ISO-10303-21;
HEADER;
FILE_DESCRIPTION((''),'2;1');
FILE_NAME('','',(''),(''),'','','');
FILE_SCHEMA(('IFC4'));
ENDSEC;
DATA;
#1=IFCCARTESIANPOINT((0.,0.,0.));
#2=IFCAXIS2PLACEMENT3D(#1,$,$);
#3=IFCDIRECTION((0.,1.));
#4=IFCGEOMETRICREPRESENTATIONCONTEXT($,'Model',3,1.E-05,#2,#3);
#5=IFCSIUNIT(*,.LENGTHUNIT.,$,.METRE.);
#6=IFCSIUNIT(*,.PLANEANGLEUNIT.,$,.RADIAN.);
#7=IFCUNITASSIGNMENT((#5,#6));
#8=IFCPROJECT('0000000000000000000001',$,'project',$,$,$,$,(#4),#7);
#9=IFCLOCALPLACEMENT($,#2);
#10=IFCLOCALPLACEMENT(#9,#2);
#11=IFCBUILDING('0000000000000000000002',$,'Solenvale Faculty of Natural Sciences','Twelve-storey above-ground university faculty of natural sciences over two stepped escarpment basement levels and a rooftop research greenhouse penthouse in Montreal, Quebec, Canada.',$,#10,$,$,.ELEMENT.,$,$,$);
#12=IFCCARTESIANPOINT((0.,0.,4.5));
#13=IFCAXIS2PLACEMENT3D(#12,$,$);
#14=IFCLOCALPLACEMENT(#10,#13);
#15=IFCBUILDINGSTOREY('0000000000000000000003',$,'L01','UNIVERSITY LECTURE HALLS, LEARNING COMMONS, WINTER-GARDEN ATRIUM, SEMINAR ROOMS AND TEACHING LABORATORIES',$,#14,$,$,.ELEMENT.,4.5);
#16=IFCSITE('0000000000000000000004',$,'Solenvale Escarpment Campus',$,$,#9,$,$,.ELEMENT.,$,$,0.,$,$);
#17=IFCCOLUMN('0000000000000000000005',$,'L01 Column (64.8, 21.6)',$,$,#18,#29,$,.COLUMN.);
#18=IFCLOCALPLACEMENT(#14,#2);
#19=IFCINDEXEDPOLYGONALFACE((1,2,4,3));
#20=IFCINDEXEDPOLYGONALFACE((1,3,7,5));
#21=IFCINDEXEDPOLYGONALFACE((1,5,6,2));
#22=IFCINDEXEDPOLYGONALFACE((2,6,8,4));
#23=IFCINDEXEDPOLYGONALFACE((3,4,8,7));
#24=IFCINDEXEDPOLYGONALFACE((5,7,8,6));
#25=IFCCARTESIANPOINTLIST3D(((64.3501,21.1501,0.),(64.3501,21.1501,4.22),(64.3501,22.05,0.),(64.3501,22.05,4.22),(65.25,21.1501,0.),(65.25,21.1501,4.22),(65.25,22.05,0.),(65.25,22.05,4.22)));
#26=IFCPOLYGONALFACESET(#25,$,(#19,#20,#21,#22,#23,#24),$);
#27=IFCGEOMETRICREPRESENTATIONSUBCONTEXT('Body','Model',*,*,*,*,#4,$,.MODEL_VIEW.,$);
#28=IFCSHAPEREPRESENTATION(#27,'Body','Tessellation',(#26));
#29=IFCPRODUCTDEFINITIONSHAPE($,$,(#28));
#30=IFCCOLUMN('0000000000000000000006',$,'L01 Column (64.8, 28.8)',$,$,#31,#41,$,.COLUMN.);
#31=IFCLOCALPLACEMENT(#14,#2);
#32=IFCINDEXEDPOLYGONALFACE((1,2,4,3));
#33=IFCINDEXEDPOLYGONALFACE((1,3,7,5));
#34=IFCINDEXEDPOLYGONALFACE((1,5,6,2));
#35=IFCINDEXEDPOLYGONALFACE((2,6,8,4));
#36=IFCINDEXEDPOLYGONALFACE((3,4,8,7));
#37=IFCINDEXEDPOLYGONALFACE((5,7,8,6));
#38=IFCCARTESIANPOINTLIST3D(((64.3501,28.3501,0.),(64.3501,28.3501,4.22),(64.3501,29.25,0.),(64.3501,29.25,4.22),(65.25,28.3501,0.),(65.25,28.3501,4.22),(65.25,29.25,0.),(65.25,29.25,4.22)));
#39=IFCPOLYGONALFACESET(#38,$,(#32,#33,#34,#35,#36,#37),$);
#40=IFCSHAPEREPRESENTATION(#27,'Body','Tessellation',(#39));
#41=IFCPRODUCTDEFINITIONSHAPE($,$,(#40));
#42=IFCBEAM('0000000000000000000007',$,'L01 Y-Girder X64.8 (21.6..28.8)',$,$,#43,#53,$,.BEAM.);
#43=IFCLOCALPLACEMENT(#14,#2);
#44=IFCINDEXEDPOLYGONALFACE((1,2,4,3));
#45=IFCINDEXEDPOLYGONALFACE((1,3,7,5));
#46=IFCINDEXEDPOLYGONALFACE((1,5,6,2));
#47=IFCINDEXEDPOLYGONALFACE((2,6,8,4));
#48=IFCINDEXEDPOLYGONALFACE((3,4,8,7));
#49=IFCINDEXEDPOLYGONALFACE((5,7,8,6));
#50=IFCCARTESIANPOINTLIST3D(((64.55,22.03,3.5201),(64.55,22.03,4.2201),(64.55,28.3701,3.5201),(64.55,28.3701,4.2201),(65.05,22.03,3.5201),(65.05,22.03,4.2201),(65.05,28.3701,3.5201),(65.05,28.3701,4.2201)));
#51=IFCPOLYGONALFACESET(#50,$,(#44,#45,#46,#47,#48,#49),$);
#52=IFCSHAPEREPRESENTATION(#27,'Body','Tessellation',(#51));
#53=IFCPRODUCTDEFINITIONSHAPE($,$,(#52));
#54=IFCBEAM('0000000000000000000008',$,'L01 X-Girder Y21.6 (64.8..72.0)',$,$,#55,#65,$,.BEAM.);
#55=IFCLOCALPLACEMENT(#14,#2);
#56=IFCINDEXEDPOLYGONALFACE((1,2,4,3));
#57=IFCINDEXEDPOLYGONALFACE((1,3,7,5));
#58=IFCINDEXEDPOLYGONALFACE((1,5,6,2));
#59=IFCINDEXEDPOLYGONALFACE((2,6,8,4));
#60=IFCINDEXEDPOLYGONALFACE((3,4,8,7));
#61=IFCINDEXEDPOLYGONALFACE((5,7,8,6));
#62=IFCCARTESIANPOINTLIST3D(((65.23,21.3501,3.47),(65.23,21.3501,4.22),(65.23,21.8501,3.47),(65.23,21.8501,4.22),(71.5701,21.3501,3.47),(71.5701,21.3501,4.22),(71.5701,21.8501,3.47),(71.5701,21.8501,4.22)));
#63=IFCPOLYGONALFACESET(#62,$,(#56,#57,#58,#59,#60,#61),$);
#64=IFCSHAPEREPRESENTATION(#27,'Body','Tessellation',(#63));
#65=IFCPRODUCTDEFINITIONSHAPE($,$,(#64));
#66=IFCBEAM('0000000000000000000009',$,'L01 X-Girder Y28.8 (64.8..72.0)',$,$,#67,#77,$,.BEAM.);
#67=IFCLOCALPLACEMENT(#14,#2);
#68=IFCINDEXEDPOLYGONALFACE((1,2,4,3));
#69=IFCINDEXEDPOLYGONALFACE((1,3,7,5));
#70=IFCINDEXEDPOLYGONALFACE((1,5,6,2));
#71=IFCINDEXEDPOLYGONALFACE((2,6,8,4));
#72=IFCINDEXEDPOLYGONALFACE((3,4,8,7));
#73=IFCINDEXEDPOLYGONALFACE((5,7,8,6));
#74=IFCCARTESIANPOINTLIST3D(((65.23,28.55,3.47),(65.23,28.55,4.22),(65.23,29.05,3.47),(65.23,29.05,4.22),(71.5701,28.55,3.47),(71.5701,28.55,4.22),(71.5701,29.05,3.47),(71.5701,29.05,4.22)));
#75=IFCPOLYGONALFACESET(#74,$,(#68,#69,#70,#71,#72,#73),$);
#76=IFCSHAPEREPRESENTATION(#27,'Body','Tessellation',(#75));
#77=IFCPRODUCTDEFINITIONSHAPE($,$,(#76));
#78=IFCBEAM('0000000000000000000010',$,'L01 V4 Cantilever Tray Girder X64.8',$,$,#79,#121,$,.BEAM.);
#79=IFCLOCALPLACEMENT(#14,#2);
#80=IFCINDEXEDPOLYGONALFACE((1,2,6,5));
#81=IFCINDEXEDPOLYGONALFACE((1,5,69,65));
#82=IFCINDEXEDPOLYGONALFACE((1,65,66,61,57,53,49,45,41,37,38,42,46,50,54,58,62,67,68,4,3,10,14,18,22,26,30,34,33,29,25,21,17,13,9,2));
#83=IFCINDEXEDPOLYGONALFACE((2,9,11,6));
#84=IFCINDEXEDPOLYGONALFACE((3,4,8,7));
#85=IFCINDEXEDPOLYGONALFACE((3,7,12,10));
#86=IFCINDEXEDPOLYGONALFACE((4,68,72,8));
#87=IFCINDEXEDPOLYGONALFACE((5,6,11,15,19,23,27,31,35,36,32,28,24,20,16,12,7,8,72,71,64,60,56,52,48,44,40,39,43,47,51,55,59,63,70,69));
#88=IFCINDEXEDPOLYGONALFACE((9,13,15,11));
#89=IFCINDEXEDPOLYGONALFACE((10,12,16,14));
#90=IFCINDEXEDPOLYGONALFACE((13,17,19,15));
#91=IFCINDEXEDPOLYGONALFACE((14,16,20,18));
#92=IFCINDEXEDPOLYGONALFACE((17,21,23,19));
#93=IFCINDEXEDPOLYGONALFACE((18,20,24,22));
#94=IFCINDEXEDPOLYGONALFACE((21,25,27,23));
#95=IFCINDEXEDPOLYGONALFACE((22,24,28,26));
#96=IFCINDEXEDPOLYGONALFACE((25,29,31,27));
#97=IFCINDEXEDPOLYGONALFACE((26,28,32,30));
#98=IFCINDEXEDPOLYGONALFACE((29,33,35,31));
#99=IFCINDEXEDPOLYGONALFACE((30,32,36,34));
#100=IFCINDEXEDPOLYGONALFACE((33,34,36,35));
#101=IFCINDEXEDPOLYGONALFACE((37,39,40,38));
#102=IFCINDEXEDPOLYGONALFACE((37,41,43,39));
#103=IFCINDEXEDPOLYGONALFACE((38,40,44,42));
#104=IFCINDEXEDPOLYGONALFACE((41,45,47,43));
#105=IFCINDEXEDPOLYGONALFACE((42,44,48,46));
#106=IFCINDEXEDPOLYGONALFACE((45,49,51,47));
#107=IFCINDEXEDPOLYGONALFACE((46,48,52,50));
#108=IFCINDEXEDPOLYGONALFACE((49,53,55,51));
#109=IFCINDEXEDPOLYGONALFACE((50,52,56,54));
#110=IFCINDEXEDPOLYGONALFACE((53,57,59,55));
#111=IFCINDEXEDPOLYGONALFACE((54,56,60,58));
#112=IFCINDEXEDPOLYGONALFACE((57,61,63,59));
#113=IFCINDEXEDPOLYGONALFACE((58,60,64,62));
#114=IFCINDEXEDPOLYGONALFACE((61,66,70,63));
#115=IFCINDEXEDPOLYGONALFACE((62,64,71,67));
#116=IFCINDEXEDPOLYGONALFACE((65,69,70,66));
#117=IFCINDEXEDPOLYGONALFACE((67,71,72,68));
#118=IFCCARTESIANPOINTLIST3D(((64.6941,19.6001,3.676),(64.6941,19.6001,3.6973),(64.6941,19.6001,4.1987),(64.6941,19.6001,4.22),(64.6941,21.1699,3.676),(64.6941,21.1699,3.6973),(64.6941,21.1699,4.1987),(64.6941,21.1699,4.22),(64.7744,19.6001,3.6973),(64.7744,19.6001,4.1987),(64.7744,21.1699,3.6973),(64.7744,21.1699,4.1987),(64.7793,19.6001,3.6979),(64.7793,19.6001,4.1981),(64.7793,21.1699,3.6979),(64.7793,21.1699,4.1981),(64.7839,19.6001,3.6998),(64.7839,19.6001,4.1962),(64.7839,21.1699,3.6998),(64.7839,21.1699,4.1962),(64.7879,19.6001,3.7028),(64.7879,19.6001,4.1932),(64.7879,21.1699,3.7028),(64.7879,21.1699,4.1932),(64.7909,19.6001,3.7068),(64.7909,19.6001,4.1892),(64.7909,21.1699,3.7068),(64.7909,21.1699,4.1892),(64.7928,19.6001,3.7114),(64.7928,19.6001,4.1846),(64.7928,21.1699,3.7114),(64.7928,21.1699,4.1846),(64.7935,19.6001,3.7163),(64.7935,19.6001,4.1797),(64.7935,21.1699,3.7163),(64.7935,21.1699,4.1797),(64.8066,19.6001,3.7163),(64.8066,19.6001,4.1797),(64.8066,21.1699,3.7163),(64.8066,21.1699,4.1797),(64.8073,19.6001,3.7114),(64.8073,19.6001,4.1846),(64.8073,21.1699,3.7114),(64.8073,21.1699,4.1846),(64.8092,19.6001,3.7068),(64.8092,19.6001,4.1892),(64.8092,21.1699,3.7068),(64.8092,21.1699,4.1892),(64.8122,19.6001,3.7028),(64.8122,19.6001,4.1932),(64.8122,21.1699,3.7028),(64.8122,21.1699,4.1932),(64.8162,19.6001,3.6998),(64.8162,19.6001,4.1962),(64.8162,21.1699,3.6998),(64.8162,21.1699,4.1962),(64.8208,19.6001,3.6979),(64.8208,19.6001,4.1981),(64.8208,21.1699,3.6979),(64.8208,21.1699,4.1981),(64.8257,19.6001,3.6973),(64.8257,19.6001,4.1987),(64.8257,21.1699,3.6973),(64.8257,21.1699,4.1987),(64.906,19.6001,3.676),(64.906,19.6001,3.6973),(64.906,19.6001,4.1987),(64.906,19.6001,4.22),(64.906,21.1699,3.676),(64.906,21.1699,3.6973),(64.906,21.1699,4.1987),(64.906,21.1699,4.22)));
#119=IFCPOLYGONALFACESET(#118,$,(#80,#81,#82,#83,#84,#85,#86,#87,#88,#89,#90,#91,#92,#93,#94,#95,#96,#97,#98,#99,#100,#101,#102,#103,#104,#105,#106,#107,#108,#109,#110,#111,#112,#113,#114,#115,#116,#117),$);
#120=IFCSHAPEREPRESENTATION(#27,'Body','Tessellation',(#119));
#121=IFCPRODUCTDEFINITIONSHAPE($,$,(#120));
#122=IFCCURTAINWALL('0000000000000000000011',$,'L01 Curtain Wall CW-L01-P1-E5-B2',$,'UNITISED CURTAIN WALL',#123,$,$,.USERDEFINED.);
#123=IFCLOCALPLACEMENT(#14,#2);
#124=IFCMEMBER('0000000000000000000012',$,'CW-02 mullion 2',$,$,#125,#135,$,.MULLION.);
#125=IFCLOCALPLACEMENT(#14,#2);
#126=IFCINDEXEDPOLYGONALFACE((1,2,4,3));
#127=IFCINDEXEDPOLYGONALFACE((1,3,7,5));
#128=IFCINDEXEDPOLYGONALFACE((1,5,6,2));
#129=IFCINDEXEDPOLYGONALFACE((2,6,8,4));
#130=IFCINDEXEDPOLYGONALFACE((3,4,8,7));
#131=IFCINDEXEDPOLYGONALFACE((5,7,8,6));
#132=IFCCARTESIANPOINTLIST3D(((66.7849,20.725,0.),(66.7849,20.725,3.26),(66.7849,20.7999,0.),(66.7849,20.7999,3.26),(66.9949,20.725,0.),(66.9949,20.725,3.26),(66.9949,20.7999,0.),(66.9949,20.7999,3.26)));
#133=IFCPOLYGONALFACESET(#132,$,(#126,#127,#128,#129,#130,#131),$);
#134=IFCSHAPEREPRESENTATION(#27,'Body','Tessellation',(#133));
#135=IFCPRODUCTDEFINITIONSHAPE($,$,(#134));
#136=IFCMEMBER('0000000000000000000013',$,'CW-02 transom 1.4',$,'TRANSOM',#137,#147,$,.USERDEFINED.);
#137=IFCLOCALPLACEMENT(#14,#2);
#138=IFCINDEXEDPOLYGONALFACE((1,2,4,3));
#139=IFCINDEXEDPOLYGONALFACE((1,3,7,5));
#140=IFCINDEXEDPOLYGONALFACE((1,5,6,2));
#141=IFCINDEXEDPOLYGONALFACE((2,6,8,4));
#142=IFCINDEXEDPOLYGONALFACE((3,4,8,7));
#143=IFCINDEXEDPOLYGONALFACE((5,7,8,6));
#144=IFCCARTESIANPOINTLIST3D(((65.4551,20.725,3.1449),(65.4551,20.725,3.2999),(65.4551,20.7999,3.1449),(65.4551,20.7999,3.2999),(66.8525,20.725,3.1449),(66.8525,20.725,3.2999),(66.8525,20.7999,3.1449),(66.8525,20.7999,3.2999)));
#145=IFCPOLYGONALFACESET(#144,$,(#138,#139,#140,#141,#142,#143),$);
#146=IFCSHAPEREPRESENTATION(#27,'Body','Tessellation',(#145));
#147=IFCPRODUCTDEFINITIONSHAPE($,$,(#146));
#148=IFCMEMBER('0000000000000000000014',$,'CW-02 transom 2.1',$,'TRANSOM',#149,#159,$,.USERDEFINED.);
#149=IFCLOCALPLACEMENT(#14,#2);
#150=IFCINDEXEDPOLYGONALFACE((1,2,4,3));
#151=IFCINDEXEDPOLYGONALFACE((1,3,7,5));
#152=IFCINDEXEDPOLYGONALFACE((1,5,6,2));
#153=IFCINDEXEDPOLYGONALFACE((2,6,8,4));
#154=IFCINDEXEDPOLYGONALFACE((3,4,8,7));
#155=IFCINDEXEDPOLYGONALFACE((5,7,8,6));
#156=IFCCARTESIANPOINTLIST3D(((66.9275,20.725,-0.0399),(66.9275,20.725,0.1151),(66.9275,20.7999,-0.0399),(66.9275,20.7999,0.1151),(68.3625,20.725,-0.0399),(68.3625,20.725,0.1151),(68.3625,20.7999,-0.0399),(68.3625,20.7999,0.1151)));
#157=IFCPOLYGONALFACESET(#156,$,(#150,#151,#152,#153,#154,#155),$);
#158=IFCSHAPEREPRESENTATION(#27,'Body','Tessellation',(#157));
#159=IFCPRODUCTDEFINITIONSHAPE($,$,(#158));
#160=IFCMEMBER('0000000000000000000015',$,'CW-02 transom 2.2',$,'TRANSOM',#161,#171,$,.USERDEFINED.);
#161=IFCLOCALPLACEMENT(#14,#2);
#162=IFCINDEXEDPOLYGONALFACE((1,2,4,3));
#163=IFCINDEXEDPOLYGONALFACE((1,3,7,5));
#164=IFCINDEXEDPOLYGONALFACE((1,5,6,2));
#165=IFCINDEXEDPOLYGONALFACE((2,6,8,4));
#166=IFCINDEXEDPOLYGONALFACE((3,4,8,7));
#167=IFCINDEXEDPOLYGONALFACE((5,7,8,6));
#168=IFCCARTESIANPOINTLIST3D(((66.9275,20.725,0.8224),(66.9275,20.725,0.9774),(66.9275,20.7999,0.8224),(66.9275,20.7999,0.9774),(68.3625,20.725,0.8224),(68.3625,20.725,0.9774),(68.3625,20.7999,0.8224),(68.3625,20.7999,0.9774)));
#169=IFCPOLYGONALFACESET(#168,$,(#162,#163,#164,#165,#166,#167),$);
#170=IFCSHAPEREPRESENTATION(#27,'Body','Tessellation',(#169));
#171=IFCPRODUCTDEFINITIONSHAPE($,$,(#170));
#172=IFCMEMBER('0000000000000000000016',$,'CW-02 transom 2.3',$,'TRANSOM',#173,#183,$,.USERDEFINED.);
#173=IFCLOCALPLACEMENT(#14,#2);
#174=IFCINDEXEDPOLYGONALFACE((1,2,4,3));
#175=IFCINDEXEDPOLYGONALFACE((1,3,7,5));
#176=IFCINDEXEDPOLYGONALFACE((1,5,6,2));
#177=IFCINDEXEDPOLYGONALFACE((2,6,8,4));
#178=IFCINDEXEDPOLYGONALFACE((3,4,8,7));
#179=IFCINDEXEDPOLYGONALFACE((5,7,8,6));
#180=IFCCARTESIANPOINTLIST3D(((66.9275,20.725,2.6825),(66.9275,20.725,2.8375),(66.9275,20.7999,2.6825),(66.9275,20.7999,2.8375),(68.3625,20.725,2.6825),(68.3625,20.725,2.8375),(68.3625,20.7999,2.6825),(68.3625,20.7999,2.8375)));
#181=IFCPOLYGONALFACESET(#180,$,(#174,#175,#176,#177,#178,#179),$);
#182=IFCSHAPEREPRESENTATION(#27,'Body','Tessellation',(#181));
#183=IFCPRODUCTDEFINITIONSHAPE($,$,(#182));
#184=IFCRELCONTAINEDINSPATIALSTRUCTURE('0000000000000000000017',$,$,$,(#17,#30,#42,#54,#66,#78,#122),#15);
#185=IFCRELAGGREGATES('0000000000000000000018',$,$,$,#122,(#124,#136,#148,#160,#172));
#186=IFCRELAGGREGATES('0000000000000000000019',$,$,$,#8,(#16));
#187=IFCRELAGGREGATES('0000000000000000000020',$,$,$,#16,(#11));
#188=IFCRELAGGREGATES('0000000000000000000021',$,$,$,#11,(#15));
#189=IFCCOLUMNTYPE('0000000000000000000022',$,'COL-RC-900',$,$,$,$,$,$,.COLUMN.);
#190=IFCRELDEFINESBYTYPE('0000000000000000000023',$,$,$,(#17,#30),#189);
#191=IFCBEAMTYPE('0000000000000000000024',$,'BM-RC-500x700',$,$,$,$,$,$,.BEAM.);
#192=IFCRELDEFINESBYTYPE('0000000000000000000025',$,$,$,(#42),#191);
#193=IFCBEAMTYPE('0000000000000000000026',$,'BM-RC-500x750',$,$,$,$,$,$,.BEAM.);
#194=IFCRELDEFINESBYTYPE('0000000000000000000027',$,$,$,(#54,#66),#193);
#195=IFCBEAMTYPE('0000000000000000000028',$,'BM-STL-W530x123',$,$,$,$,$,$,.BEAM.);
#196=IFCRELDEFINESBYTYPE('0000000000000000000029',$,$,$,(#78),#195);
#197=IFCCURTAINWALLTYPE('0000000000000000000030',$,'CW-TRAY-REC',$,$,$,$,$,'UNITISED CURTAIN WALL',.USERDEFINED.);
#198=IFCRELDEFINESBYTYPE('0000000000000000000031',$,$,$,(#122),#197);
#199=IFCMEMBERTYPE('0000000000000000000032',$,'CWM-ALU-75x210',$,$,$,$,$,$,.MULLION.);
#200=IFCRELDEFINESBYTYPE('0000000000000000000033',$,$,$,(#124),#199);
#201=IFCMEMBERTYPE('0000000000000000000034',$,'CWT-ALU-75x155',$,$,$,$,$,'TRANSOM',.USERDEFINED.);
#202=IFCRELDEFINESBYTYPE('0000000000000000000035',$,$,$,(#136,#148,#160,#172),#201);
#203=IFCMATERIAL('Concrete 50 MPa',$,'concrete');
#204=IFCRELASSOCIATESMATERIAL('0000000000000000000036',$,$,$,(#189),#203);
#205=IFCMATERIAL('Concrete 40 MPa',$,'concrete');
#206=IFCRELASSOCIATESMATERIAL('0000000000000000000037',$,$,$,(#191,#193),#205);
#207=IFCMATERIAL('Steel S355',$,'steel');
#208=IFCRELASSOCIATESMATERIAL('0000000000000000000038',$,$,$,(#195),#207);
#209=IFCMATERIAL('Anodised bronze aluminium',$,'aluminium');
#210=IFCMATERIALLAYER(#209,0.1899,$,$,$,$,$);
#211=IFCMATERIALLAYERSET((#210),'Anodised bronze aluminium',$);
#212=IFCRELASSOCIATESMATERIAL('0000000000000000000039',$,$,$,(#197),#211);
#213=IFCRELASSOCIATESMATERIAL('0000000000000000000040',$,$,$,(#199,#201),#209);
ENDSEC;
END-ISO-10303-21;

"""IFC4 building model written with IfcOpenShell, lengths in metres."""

from ifc_helpers import new_model, si_unit, direction, frame, origin, origin_2d, place, context, subcontext, project, spatial, rectangle, i_section, extrude, material, layer, layer_set, material_profile, profile_set, type_object, element, aggregate, save


model = new_model("IFC4")

# Units and contexts
model_context = context("Model", 3, precision=1e-05, world=origin(), true_north=direction((0.0, 1.0)))
body_context = subcontext(model_context, "Body", "Model", "MODEL_VIEW")
ifc_project = project(units=[si_unit("LENGTHUNIT", "METRE"), si_unit("PLANEANGLEUNIT", "RADIAN")], contexts=[model_context])

# Site, building, storey
site_placement = place(None, origin())
site = spatial("IfcSite", under=ifc_project, at=site_placement, Name="Solenvale Escarpment Campus", CompositionType="ELEMENT", RefElevation=0.0)
building_placement = place(site_placement, origin())
building = spatial("IfcBuilding", under=site, at=building_placement, Name="Solenvale Faculty of Natural Sciences", Description="Twelve-storey above-ground university faculty of natural sciences over two stepped escarpment basement levels and a rooftop research greenhouse penthouse in Montreal, Quebec, Canada.", CompositionType="ELEMENT")
storey_placement = place(building_placement, frame((0.0, 0.0, 4.5)))
storey = spatial("IfcBuildingStorey", under=building, at=storey_placement, Name="L01", Description="UNIVERSITY LECTURE HALLS, LEARNING COMMONS, WINTER-GARDEN ATRIUM, SEMINAR ROOMS AND TEACHING LABORATORIES", CompositionType="ELEMENT", Elevation=4.5)

# Columns
ifc_material_1 = material(Name="Concrete 50 MPa", Category="concrete")
ifc_material_profile_1 = material_profile(ifc_material_1, rectangle(XDim=0.8999, YDim=0.8999, at=origin_2d()), Name="RC-COL-900x900")
ifc_profile_set_1 = profile_set([ifc_material_profile_1], Name="Concrete 50 MPa")
column_type = type_object("IfcColumnType", Name="COL-RC-900", PredefinedType="COLUMN", material=ifc_profile_set_1)
for number, where, z_axis, x_axis, name in (
    (1, (64.8, 21.6001, 0.0), (0.0, 0.0, 1.0), (1.0, 0.0, 0.0), "L01 Column (64.8, 21.6)"),
    (2, (64.8, 28.8, 0.0), (0.0, 0.0, 1.0), (1.0, 0.0, 0.0), "L01 Column (64.8, 28.8)"),
):
    element("IfcColumn", number, at=place(storey_placement, frame(where, z_axis=z_axis, x_axis=x_axis)), inside=storey, type_object=column_type, Name=name, PredefinedType="COLUMN", context=body_context, shape_type="SweptSolid", body=[
        extrude(rectangle(XDim=0.8999, YDim=0.8999, at=origin_2d()), origin(), (0.0, 0.0, 1.0), 4.22),
    ])

# Beams
ifc_material_2 = material(Name="Concrete 40 MPa", Category="concrete")
ifc_material_profile_2 = material_profile(ifc_material_2, rectangle(XDim=0.5, YDim=0.7, at=origin_2d()), Name="RC-BM-500x700")
ifc_profile_set_2 = profile_set([ifc_material_profile_2], Name="Concrete 40 MPa")
beam_type_1 = type_object("IfcBeamType", Name="BM-RC-500x700", PredefinedType="BEAM", material=ifc_profile_set_2)
beam_1_placement = place(storey_placement, frame((64.8, 22.03, 3.8701), z_axis=(0.0, 1.0, 0.0), x_axis=(-1.0, 0.0, 0.0)))
element("IfcBeam", 3, at=beam_1_placement, inside=storey, type_object=beam_type_1, Name="L01 Y-Girder X64.8 (21.6..28.8)", PredefinedType="BEAM", context=body_context, shape_type="SweptSolid", body=[
    extrude(rectangle(XDim=0.5, YDim=0.7, at=origin_2d()), origin(), (0.0, 0.0, 1.0), 6.3401),
])
ifc_material_profile_3 = material_profile(ifc_material_2, rectangle(XDim=0.5, YDim=0.75, at=origin_2d()), Name="RC-BM-500x750")
ifc_profile_set_3 = profile_set([ifc_material_profile_3], Name="Concrete 40 MPa")
beam_type_2 = type_object("IfcBeamType", Name="BM-RC-500x750", PredefinedType="BEAM", material=ifc_profile_set_3)
for number, where, z_axis, x_axis, name in (
    (4, (65.23, 21.6001, 3.845), (1.0, 0.0, 0.0), (0.0, 1.0, 0.0), "L01 X-Girder Y21.6 (64.8..72.0)"),
    (5, (65.23, 28.8, 3.845), (1.0, 0.0, 0.0), (0.0, 1.0, 0.0), "L01 X-Girder Y28.8 (64.8..72.0)"),
):
    element("IfcBeam", number, at=place(storey_placement, frame(where, z_axis=z_axis, x_axis=x_axis)), inside=storey, type_object=beam_type_2, Name=name, PredefinedType="BEAM", context=body_context, shape_type="SweptSolid", body=[
        extrude(rectangle(XDim=0.5, YDim=0.75, at=origin_2d()), origin(), (0.0, 0.0, 1.0), 6.3401),
    ])
ifc_material_3 = material(Name="Steel S355", Category="steel")
ifc_material_profile_4 = material_profile(ifc_material_3, i_section(OverallWidth=0.2119, OverallDepth=0.5439, WebThickness=0.0132, FlangeThickness=0.0212, FilletRadius=0.019, at=origin_2d()), Name="W530x123")
ifc_profile_set_4 = profile_set([ifc_material_profile_4], Name="Steel S355")
beam_type_3 = type_object("IfcBeamType", Name="BM-STL-W530x123", PredefinedType="BEAM", material=ifc_profile_set_4)
beam_2_placement = place(storey_placement, frame((64.8, 21.1699, 3.948), z_axis=(0.0, -1.0, 0.0), x_axis=(1.0, 0.0, 0.0)))
element("IfcBeam", 6, at=beam_2_placement, inside=storey, type_object=beam_type_3, Name="L01 V4 Cantilever Tray Girder X64.8", PredefinedType="BEAM", context=body_context, shape_type="SweptSolid", body=[
    extrude(i_section(OverallWidth=0.2119, OverallDepth=0.5439, WebThickness=0.0132, FlangeThickness=0.0212, FilletRadius=0.019, at=origin_2d()), origin(), (0.0, 0.0, 1.0), 1.5698),
])

# Curtain wall, members
ifc_material_4 = material(Name="Anodised bronze aluminium", Category="aluminium")
ifc_layer_1 = layer(ifc_material_4, 0.1899)
ifc_layer_set_1 = layer_set([ifc_layer_1], Name="Anodised bronze aluminium")
curtain_wall_type = type_object("IfcCurtainWallType", Name="CW-TRAY-REC", ElementType="UNITISED CURTAIN WALL", PredefinedType="USERDEFINED", material=ifc_layer_set_1)
curtain_wall_placement = place(storey_placement, origin())
curtain_wall = element("IfcCurtainWall", 7, at=curtain_wall_placement, inside=storey, type_object=curtain_wall_type, Name="L01 Curtain Wall CW-L01-P1-E5-B2", ObjectType="UNITISED CURTAIN WALL", PredefinedType="USERDEFINED")
ifc_material_profile_5 = material_profile(ifc_material_4, rectangle(XDim=0.075, YDim=0.21, at=origin_2d()), Name="ALU-MUL-75x210")
ifc_profile_set_5 = profile_set([ifc_material_profile_5], Name="Anodised bronze aluminium")
member_type_1 = type_object("IfcMemberType", Name="CWM-ALU-75x210", PredefinedType="MULLION", material=ifc_profile_set_5)
member_1_placement = place(storey_placement, frame((66.8899, 20.7625, 0.0), z_axis=(0.0, 0.0, 1.0), x_axis=(0.0, 1.0, 0.0)))
member_1 = element("IfcMember", 8, at=member_1_placement, type_object=member_type_1, Name="CW-02 mullion 2", PredefinedType="MULLION", context=body_context, shape_type="SweptSolid", body=[
    extrude(rectangle(XDim=0.075, YDim=0.21, at=origin_2d()), origin(), (0.0, 0.0, 1.0), 3.26),
])
ifc_material_profile_6 = material_profile(ifc_material_4, rectangle(XDim=0.075, YDim=0.155, at=origin_2d()), Name="ALU-TRN-75x155")
ifc_profile_set_6 = profile_set([ifc_material_profile_6], Name="Anodised bronze aluminium")
member_type_2 = type_object("IfcMemberType", Name="CWT-ALU-75x155", ElementType="TRANSOM", PredefinedType="USERDEFINED", material=ifc_profile_set_6)
member_2_placement = place(storey_placement, frame((65.4551, 20.7625, 3.2224), z_axis=(1.0, 0.0, 0.0), x_axis=(0.0, 1.0, 0.0)))
member_2 = element("IfcMember", 9, at=member_2_placement, type_object=member_type_2, Name="CW-02 transom 1.4", ObjectType="TRANSOM", PredefinedType="USERDEFINED", context=body_context, shape_type="SweptSolid", body=[
    extrude(rectangle(XDim=0.075, YDim=0.155, at=origin_2d()), origin(), (0.0, 0.0, 1.0), 1.3975),
])
member_3_placement = place(storey_placement, frame((66.9275, 20.7625, 0.0376), z_axis=(1.0, 0.0, 0.0), x_axis=(0.0, 1.0, 0.0)))
member_3 = element("IfcMember", 10, at=member_3_placement, type_object=member_type_2, Name="CW-02 transom 2.1", ObjectType="TRANSOM", PredefinedType="USERDEFINED", context=body_context, shape_type="SweptSolid", body=[
    extrude(rectangle(XDim=0.075, YDim=0.155, at=origin_2d()), origin(), (0.0, 0.0, 1.0), 1.4351),
])
member_4_placement = place(storey_placement, frame((66.9275, 20.7625, 0.8999), z_axis=(1.0, 0.0, 0.0), x_axis=(0.0, 1.0, 0.0)))
member_4 = element("IfcMember", 11, at=member_4_placement, type_object=member_type_2, Name="CW-02 transom 2.2", ObjectType="TRANSOM", PredefinedType="USERDEFINED", context=body_context, shape_type="SweptSolid", body=[
    extrude(rectangle(XDim=0.075, YDim=0.155, at=origin_2d()), origin(), (0.0, 0.0, 1.0), 1.4351),
])
member_5_placement = place(storey_placement, frame((66.9275, 20.7625, 2.76), z_axis=(1.0, 0.0, 0.0), x_axis=(0.0, 1.0, 0.0)))
member_5 = element("IfcMember", 12, at=member_5_placement, type_object=member_type_2, Name="CW-02 transom 2.3", ObjectType="TRANSOM", PredefinedType="USERDEFINED", context=body_context, shape_type="SweptSolid", body=[
    extrude(rectangle(XDim=0.075, YDim=0.155, at=origin_2d()), origin(), (0.0, 0.0, 1.0), 1.4351),
])
aggregate(curtain_wall, [member_1, member_2, member_3, member_4, member_5])

save(model, "model.ifc")
